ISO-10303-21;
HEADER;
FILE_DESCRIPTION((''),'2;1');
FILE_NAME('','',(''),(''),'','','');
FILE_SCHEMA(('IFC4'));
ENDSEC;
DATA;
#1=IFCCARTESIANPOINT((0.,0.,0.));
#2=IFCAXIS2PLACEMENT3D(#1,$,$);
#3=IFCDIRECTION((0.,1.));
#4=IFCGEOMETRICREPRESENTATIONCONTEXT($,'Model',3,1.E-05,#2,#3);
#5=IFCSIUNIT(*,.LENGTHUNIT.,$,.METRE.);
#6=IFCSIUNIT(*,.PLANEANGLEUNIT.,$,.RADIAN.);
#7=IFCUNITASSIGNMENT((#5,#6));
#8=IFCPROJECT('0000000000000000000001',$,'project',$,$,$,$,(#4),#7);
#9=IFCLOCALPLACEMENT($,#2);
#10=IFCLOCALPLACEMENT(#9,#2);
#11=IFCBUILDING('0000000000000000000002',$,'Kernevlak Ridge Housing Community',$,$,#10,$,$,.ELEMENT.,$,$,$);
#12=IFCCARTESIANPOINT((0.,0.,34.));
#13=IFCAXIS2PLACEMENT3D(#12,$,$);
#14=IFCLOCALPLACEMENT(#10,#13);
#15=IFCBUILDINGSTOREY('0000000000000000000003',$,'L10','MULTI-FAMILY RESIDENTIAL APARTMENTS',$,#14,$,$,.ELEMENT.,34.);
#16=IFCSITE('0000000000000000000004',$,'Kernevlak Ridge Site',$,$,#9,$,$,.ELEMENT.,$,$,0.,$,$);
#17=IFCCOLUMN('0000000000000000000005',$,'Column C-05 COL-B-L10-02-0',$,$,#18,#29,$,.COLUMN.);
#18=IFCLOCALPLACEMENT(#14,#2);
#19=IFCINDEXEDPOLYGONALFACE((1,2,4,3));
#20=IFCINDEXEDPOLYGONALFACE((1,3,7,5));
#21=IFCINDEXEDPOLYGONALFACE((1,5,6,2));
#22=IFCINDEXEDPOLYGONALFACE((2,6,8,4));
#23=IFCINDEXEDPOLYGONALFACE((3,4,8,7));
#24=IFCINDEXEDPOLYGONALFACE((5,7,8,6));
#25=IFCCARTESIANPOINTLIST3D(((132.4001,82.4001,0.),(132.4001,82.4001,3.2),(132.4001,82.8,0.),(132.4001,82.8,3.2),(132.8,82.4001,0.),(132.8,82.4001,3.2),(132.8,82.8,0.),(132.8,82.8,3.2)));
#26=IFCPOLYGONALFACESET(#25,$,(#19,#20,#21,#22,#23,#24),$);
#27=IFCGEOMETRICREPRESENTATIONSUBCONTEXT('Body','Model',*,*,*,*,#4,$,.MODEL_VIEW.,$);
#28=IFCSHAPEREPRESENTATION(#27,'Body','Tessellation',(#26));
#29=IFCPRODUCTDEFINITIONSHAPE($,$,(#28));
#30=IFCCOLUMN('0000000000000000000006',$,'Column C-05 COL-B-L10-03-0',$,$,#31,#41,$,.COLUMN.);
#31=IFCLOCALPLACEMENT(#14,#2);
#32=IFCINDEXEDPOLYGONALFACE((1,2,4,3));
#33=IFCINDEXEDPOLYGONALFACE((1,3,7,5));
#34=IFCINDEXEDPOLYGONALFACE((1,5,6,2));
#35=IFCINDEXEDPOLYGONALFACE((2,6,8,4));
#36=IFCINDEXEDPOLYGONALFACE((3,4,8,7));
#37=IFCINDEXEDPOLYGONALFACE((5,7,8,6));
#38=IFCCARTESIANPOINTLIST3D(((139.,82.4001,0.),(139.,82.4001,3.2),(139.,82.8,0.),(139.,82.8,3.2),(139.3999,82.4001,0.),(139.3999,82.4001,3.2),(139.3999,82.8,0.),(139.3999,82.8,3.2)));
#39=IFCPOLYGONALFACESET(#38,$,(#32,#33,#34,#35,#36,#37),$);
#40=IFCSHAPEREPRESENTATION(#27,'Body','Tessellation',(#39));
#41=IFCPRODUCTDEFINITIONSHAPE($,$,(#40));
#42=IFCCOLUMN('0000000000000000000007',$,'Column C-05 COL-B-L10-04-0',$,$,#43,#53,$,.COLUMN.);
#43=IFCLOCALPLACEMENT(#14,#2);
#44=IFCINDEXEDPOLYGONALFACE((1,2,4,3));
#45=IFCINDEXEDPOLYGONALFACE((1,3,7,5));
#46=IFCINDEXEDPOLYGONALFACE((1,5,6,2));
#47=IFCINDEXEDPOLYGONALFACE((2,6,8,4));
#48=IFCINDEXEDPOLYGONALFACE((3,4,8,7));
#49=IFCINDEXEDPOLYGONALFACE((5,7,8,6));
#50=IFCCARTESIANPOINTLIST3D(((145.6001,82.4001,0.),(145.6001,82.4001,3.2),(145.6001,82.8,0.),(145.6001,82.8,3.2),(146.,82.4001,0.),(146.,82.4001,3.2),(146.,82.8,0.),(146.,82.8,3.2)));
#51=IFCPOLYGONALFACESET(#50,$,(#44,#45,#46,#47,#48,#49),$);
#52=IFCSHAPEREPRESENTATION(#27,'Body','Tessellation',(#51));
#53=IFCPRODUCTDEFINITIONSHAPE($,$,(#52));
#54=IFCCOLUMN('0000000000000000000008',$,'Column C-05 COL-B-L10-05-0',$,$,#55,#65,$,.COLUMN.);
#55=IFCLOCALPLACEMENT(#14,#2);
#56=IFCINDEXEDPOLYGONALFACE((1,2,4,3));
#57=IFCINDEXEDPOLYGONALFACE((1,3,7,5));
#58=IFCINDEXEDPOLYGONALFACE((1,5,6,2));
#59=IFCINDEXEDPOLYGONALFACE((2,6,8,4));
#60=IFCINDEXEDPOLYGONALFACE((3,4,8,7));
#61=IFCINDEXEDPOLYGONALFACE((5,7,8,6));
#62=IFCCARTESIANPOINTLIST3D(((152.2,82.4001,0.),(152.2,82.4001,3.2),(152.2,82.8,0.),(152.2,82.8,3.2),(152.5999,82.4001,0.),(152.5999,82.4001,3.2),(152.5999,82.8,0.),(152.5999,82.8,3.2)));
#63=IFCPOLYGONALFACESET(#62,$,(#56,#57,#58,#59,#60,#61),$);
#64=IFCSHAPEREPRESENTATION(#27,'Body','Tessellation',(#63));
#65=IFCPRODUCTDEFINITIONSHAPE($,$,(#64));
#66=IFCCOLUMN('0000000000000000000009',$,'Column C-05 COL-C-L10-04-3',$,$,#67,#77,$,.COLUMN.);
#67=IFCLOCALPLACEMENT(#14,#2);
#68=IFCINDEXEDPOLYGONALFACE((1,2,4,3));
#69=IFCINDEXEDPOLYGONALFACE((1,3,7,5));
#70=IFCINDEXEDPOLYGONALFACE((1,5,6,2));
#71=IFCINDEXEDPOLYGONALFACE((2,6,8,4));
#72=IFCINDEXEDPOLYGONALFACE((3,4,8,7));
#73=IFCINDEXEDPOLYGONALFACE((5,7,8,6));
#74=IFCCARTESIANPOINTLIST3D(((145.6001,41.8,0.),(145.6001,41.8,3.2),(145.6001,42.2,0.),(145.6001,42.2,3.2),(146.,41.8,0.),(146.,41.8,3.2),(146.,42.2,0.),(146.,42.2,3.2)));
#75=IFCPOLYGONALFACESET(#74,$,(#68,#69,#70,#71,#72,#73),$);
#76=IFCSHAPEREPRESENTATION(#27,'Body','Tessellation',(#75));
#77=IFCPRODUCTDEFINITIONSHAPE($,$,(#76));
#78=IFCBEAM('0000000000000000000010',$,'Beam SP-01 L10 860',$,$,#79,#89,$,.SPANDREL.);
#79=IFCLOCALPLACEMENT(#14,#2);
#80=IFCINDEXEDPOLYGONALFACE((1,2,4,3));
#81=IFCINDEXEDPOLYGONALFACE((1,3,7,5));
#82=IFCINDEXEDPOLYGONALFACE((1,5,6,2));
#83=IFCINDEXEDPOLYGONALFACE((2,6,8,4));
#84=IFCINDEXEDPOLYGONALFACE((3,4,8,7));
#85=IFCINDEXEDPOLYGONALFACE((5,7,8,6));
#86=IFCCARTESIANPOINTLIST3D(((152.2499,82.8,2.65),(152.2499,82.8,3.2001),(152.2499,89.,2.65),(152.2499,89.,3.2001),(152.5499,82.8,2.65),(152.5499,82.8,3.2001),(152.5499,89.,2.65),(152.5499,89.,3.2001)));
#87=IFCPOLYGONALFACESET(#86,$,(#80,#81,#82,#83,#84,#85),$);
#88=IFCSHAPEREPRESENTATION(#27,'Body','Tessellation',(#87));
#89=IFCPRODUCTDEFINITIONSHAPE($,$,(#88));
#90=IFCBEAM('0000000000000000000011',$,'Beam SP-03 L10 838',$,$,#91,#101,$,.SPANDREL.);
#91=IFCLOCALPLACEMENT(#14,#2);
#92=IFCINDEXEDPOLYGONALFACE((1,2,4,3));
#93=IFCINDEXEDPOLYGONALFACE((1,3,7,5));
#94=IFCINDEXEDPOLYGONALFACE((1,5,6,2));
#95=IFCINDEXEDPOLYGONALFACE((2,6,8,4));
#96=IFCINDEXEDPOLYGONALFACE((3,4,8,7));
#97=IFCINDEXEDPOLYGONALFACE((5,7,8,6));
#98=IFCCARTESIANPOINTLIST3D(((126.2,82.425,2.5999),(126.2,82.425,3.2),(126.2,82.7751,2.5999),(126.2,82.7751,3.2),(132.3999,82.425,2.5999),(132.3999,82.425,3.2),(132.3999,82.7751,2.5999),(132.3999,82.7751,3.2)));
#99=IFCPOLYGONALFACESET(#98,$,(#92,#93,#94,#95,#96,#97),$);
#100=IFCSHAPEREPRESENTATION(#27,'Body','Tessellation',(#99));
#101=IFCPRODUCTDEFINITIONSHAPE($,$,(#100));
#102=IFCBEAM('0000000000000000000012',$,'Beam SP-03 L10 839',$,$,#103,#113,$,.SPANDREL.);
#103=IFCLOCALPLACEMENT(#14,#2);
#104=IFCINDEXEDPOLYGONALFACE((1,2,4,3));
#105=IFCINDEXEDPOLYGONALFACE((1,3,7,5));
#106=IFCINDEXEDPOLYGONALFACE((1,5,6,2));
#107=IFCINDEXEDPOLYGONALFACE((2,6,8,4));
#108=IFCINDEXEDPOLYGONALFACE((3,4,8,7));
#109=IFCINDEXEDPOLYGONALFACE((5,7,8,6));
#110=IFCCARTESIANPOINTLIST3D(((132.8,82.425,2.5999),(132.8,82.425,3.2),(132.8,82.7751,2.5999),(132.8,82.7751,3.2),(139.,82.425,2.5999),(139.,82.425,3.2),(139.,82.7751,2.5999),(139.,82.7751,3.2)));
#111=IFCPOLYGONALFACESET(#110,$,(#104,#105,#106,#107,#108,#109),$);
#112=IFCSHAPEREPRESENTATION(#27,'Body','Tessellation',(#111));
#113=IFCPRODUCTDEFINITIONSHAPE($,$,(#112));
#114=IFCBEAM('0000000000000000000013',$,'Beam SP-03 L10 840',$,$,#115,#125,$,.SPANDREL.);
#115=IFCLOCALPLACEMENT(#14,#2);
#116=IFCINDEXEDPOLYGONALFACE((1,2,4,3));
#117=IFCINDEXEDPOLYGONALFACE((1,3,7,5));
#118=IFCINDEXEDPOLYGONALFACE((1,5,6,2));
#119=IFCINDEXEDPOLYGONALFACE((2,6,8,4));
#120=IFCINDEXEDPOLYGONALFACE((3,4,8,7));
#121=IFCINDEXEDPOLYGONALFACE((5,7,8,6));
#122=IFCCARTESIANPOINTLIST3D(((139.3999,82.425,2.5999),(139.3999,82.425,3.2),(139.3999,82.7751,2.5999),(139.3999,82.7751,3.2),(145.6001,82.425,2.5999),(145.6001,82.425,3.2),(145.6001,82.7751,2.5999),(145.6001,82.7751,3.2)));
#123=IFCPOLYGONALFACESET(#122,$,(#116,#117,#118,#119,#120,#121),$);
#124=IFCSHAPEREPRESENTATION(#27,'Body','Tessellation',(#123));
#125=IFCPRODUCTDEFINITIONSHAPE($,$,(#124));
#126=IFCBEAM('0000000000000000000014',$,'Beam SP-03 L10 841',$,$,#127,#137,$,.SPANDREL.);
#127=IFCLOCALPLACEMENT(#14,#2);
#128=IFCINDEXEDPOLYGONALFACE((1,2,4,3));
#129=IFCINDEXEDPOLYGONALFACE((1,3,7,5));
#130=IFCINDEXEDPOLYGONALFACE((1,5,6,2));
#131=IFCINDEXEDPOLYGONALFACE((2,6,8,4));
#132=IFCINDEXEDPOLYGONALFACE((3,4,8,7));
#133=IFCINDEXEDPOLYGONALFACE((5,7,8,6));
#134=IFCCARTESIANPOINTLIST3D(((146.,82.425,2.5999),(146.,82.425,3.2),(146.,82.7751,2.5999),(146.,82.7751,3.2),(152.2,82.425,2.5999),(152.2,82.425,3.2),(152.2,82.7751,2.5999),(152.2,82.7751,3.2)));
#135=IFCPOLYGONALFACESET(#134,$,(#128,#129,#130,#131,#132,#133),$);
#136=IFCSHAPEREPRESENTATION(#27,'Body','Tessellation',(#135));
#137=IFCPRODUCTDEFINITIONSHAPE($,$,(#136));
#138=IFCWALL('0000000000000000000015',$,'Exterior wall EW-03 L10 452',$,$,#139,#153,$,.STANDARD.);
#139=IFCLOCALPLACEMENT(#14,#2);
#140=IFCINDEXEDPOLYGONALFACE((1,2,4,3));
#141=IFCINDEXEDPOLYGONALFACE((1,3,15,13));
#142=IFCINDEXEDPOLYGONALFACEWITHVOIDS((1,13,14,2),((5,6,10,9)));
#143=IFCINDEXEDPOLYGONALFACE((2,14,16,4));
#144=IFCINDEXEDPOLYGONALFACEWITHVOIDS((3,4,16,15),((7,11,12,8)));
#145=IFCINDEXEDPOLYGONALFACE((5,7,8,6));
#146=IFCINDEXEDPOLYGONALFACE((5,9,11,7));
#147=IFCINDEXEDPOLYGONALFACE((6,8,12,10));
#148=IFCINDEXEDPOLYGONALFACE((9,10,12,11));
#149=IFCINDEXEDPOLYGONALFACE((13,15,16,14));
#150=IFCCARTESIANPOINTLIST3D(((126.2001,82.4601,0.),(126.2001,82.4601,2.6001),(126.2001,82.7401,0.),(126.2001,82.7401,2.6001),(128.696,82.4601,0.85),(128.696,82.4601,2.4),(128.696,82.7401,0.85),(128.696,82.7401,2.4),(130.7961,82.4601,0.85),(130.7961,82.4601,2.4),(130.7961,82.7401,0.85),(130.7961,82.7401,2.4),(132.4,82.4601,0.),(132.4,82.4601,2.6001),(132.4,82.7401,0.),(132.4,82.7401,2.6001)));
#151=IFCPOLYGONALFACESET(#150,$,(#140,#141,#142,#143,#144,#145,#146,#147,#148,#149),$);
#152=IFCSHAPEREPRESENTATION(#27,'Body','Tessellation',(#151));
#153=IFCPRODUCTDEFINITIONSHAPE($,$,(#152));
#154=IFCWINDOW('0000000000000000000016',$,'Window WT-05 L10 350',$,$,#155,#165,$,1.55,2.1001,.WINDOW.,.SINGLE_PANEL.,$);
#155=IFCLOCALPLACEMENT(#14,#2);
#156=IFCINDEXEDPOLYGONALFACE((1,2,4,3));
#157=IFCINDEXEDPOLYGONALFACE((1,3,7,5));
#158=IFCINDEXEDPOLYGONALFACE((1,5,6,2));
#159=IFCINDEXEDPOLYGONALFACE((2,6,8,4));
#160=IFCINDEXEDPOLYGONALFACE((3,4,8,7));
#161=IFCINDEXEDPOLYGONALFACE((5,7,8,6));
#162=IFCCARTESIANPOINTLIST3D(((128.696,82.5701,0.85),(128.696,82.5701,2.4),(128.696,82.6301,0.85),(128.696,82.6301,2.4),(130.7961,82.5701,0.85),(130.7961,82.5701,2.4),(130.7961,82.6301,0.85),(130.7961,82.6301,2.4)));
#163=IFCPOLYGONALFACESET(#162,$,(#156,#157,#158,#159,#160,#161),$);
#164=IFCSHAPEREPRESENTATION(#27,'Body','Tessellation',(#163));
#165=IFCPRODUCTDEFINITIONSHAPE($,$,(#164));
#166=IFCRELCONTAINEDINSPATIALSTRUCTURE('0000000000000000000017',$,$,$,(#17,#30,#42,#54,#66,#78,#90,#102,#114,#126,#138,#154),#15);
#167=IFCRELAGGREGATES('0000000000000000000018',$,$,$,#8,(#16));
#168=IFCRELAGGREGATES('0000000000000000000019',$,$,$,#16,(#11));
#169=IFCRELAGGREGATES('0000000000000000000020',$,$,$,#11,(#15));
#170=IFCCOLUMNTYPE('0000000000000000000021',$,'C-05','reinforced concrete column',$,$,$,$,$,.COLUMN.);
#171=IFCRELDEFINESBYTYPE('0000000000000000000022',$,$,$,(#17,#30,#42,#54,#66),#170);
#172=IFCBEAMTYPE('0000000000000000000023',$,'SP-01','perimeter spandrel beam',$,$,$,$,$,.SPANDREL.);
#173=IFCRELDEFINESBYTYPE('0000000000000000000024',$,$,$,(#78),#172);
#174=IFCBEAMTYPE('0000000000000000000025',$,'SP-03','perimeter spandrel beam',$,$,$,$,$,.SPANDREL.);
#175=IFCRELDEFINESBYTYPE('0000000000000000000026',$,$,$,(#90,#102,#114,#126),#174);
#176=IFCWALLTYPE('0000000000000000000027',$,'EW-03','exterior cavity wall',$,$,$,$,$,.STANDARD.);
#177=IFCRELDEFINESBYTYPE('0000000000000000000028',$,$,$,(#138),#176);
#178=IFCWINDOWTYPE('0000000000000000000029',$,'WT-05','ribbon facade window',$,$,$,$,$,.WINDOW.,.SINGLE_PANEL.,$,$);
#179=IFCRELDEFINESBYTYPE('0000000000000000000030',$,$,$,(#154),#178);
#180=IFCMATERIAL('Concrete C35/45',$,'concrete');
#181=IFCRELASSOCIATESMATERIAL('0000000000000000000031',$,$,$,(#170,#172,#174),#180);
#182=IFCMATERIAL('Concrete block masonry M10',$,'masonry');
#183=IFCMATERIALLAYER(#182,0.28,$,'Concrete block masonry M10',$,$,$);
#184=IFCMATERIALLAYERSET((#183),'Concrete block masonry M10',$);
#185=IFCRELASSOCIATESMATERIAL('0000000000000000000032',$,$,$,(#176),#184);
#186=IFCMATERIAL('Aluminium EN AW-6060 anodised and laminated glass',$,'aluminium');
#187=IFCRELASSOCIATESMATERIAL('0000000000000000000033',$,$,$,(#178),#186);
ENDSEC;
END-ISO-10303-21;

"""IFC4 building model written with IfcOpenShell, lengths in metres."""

from ifc_helpers import new_model, si_unit, direction, frame, frame_2d, origin, origin_2d, place, context, subcontext, project, spatial, rectangle, extrude, material, layer, layer_set, material_profile, profile_set, type_object, element, fill, save


model = new_model("IFC4")

# Units and contexts
model_context = context("Model", 3, precision=1e-05, world=origin(), true_north=direction((0.0, 1.0)))
body_context = subcontext(model_context, "Body", "Model", "MODEL_VIEW")
ifc_project = project(units=[si_unit("LENGTHUNIT", "METRE"), si_unit("PLANEANGLEUNIT", "RADIAN")], contexts=[model_context])

# Site, building, storey
site_placement = place(None, origin())
site = spatial("IfcSite", under=ifc_project, at=site_placement, Name="Kernevlak Ridge Site", CompositionType="ELEMENT", RefElevation=0.0)
building_placement = place(site_placement, origin())
building = spatial("IfcBuilding", under=site, at=building_placement, Name="Kernevlak Ridge Housing Community", CompositionType="ELEMENT")
storey_placement = place(building_placement, frame((0.0, 0.0, 34.0)))
storey = spatial("IfcBuildingStorey", under=building, at=storey_placement, Name="L10", Description="MULTI-FAMILY RESIDENTIAL APARTMENTS", CompositionType="ELEMENT", Elevation=34.0)

# Columns
ifc_material_1 = material(Name="Concrete C35/45", Category="concrete")
ifc_material_profile_1 = material_profile(ifc_material_1, rectangle(XDim=0.3999, YDim=0.3999, at=origin_2d()), Name="RC 400x400")
ifc_profile_set_1 = profile_set([ifc_material_profile_1], Name="Concrete C35/45")
column_type = type_object("IfcColumnType", Name="C-05", Description="reinforced concrete column", PredefinedType="COLUMN", material=ifc_profile_set_1)
for number, where, z_axis, x_axis, name in (
    (1, (132.6001, 82.6001, 0.0), (0.0, 0.0, 1.0), (1.0, 0.0, 0.0), "Column C-05 COL-B-L10-02-0"),
    (2, (139.2, 82.6001, 0.0), (0.0, 0.0, 1.0), (1.0, 0.0, 0.0), "Column C-05 COL-B-L10-03-0"),
    (3, (145.8, 82.6001, 0.0), (0.0, 0.0, 1.0), (1.0, 0.0, 0.0), "Column C-05 COL-B-L10-04-0"),
    (4, (152.3999, 82.6001, 0.0), (0.0, 0.0, 1.0), (1.0, 0.0, 0.0), "Column C-05 COL-B-L10-05-0"),
    (5, (145.8, 42.0, 0.0), (0.0, 0.0, 1.0), (1.0, 0.0, 0.0), "Column C-05 COL-C-L10-04-3"),
):
    element("IfcColumn", number, at=place(storey_placement, frame(where, z_axis=z_axis, x_axis=x_axis)), inside=storey, type_object=column_type, Name=name, PredefinedType="COLUMN", context=body_context, shape_type="SweptSolid", body=[
        extrude(rectangle(XDim=0.3999, YDim=0.3999, at=origin_2d()), origin(), (0.0, 0.0, 1.0), 3.2),
    ])

# Beams
ifc_material_profile_2 = material_profile(ifc_material_1, rectangle(XDim=0.3, YDim=0.55, at=origin_2d()), Name="RC 300x550")
ifc_profile_set_2 = profile_set([ifc_material_profile_2], Name="Concrete C35/45")
beam_type_1 = type_object("IfcBeamType", Name="SP-01", Description="perimeter spandrel beam", PredefinedType="SPANDREL", material=ifc_profile_set_2)
beam_1_placement = place(storey_placement, frame((152.3999, 82.8, 2.925), z_axis=(0.0, 1.0, 0.0), x_axis=(-1.0, 0.0, 0.0)))
element("IfcBeam", 6, at=beam_1_placement, inside=storey, type_object=beam_type_1, Name="Beam SP-01 L10 860", PredefinedType="SPANDREL", context=body_context, shape_type="SweptSolid", body=[
    extrude(rectangle(XDim=0.3, YDim=0.55, at=origin_2d()), origin(), (0.0, 0.0, 1.0), 6.2),
])
ifc_material_profile_3 = material_profile(ifc_material_1, rectangle(XDim=0.3501, YDim=0.6001, at=origin_2d()), Name="RC 350x600")
ifc_profile_set_3 = profile_set([ifc_material_profile_3], Name="Concrete C35/45")
beam_type_2 = type_object("IfcBeamType", Name="SP-03", Description="perimeter spandrel beam", PredefinedType="SPANDREL", material=ifc_profile_set_3)
for number, where, z_axis, x_axis, name in (
    (7, (126.2, 82.6001, 2.8999), (1.0, 0.0, 0.0), (0.0, 1.0, 0.0), "Beam SP-03 L10 838"),
    (8, (132.8, 82.6001, 2.8999), (1.0, 0.0, 0.0), (0.0, 1.0, 0.0), "Beam SP-03 L10 839"),
):
    element("IfcBeam", number, at=place(storey_placement, frame(where, z_axis=z_axis, x_axis=x_axis)), inside=storey, type_object=beam_type_2, Name=name, PredefinedType="SPANDREL", context=body_context, shape_type="SweptSolid", body=[
        extrude(rectangle(XDim=0.3501, YDim=0.6001, at=origin_2d()), origin(), (0.0, 0.0, 1.0), 6.2),
    ])
beam_2_placement = place(storey_placement, frame((139.3999, 82.6001, 2.8999), z_axis=(1.0, 0.0, 0.0), x_axis=(0.0, 1.0, 0.0)))
element("IfcBeam", 9, at=beam_2_placement, inside=storey, type_object=beam_type_2, Name="Beam SP-03 L10 840", PredefinedType="SPANDREL", context=body_context, shape_type="SweptSolid", body=[
    extrude(rectangle(XDim=0.3501, YDim=0.6001, at=origin_2d()), origin(), (0.0, 0.0, 1.0), 6.2002),
])
beam_3_placement = place(storey_placement, frame((146.0, 82.6001, 2.8999), z_axis=(1.0, 0.0, 0.0), x_axis=(0.0, 1.0, 0.0)))
element("IfcBeam", 10, at=beam_3_placement, inside=storey, type_object=beam_type_2, Name="Beam SP-03 L10 841", PredefinedType="SPANDREL", context=body_context, shape_type="SweptSolid", body=[
    extrude(rectangle(XDim=0.3501, YDim=0.6001, at=origin_2d()), origin(), (0.0, 0.0, 1.0), 6.2),
])

# Wall, opening, window
ifc_material_2 = material(Name="Concrete block masonry M10", Category="masonry")
ifc_layer_1 = layer(ifc_material_2, 0.28, Name="Concrete block masonry M10")
ifc_layer_set_1 = layer_set([ifc_layer_1], Name="Concrete block masonry M10")
wall_type_1 = type_object("IfcWallType", Name="EW-03", Description="exterior cavity wall", PredefinedType="STANDARD", material=ifc_layer_set_1)
wall_1_placement = place(storey_placement, frame((126.2, 82.6001, 0.0), z_axis=(0.0, 0.0, 1.0), x_axis=(1.0, 0.0, 0.0)))
wall_1 = element("IfcWall", 11, at=wall_1_placement, inside=storey, type_object=wall_type_1, Name="Exterior wall EW-03 L10 452", PredefinedType="STANDARD", context=body_context, shape_type="SweptSolid", body=[
    extrude(rectangle(XDim=6.2, YDim=0.28, at=frame_2d((3.1001, 0.0))), origin(), (0.0, 0.0, 1.0), 2.6001),
])
opening_1_placement = place(wall_1_placement, frame((2.4961, 0.0, 0.8501)))
opening_1 = element("IfcOpeningElement", 12, at=opening_1_placement, cuts=wall_1, PredefinedType="OPENING", context=body_context, shape_type="SweptSolid", body=[
    extrude(rectangle(XDim=2.1001, YDim=1.55, at=frame_2d((1.05, 0.7749))), frame((0.0, 0.1499, 0.0), z_axis=(0.0, -1.0, 0.0), x_axis=(1.0, 0.0, 0.0)), (0.0, 0.0, 1.0), 0.3),
])
ifc_material_3 = material(Name="Aluminium EN AW-6060 anodised and laminated glass", Category="aluminium")
window_type_1 = type_object("IfcWindowType", Name="WT-05", Description="ribbon facade window", PartitioningType="SINGLE_PANEL", PredefinedType="WINDOW", material=ifc_material_3)
window_1_placement = place(opening_1_placement, origin())
window_1 = element("IfcWindow", 13, at=window_1_placement, inside=storey, type_object=window_type_1, Name="Window WT-05 L10 350", OverallHeight=1.55, OverallWidth=2.1001, PartitioningType="SINGLE_PANEL", PredefinedType="WINDOW", context=body_context, shape_type="SweptSolid", body=[
    extrude(rectangle(XDim=2.1001, YDim=1.55, at=frame_2d((1.05, 0.7749))), frame((0.0, 0.03, 0.0), z_axis=(0.0, -1.0, 0.0), x_axis=(1.0, 0.0, 0.0)), (0.0, 0.0, 1.0), 0.0601),
])
fill(opening_1, window_1)

save(model, "model.ifc")
